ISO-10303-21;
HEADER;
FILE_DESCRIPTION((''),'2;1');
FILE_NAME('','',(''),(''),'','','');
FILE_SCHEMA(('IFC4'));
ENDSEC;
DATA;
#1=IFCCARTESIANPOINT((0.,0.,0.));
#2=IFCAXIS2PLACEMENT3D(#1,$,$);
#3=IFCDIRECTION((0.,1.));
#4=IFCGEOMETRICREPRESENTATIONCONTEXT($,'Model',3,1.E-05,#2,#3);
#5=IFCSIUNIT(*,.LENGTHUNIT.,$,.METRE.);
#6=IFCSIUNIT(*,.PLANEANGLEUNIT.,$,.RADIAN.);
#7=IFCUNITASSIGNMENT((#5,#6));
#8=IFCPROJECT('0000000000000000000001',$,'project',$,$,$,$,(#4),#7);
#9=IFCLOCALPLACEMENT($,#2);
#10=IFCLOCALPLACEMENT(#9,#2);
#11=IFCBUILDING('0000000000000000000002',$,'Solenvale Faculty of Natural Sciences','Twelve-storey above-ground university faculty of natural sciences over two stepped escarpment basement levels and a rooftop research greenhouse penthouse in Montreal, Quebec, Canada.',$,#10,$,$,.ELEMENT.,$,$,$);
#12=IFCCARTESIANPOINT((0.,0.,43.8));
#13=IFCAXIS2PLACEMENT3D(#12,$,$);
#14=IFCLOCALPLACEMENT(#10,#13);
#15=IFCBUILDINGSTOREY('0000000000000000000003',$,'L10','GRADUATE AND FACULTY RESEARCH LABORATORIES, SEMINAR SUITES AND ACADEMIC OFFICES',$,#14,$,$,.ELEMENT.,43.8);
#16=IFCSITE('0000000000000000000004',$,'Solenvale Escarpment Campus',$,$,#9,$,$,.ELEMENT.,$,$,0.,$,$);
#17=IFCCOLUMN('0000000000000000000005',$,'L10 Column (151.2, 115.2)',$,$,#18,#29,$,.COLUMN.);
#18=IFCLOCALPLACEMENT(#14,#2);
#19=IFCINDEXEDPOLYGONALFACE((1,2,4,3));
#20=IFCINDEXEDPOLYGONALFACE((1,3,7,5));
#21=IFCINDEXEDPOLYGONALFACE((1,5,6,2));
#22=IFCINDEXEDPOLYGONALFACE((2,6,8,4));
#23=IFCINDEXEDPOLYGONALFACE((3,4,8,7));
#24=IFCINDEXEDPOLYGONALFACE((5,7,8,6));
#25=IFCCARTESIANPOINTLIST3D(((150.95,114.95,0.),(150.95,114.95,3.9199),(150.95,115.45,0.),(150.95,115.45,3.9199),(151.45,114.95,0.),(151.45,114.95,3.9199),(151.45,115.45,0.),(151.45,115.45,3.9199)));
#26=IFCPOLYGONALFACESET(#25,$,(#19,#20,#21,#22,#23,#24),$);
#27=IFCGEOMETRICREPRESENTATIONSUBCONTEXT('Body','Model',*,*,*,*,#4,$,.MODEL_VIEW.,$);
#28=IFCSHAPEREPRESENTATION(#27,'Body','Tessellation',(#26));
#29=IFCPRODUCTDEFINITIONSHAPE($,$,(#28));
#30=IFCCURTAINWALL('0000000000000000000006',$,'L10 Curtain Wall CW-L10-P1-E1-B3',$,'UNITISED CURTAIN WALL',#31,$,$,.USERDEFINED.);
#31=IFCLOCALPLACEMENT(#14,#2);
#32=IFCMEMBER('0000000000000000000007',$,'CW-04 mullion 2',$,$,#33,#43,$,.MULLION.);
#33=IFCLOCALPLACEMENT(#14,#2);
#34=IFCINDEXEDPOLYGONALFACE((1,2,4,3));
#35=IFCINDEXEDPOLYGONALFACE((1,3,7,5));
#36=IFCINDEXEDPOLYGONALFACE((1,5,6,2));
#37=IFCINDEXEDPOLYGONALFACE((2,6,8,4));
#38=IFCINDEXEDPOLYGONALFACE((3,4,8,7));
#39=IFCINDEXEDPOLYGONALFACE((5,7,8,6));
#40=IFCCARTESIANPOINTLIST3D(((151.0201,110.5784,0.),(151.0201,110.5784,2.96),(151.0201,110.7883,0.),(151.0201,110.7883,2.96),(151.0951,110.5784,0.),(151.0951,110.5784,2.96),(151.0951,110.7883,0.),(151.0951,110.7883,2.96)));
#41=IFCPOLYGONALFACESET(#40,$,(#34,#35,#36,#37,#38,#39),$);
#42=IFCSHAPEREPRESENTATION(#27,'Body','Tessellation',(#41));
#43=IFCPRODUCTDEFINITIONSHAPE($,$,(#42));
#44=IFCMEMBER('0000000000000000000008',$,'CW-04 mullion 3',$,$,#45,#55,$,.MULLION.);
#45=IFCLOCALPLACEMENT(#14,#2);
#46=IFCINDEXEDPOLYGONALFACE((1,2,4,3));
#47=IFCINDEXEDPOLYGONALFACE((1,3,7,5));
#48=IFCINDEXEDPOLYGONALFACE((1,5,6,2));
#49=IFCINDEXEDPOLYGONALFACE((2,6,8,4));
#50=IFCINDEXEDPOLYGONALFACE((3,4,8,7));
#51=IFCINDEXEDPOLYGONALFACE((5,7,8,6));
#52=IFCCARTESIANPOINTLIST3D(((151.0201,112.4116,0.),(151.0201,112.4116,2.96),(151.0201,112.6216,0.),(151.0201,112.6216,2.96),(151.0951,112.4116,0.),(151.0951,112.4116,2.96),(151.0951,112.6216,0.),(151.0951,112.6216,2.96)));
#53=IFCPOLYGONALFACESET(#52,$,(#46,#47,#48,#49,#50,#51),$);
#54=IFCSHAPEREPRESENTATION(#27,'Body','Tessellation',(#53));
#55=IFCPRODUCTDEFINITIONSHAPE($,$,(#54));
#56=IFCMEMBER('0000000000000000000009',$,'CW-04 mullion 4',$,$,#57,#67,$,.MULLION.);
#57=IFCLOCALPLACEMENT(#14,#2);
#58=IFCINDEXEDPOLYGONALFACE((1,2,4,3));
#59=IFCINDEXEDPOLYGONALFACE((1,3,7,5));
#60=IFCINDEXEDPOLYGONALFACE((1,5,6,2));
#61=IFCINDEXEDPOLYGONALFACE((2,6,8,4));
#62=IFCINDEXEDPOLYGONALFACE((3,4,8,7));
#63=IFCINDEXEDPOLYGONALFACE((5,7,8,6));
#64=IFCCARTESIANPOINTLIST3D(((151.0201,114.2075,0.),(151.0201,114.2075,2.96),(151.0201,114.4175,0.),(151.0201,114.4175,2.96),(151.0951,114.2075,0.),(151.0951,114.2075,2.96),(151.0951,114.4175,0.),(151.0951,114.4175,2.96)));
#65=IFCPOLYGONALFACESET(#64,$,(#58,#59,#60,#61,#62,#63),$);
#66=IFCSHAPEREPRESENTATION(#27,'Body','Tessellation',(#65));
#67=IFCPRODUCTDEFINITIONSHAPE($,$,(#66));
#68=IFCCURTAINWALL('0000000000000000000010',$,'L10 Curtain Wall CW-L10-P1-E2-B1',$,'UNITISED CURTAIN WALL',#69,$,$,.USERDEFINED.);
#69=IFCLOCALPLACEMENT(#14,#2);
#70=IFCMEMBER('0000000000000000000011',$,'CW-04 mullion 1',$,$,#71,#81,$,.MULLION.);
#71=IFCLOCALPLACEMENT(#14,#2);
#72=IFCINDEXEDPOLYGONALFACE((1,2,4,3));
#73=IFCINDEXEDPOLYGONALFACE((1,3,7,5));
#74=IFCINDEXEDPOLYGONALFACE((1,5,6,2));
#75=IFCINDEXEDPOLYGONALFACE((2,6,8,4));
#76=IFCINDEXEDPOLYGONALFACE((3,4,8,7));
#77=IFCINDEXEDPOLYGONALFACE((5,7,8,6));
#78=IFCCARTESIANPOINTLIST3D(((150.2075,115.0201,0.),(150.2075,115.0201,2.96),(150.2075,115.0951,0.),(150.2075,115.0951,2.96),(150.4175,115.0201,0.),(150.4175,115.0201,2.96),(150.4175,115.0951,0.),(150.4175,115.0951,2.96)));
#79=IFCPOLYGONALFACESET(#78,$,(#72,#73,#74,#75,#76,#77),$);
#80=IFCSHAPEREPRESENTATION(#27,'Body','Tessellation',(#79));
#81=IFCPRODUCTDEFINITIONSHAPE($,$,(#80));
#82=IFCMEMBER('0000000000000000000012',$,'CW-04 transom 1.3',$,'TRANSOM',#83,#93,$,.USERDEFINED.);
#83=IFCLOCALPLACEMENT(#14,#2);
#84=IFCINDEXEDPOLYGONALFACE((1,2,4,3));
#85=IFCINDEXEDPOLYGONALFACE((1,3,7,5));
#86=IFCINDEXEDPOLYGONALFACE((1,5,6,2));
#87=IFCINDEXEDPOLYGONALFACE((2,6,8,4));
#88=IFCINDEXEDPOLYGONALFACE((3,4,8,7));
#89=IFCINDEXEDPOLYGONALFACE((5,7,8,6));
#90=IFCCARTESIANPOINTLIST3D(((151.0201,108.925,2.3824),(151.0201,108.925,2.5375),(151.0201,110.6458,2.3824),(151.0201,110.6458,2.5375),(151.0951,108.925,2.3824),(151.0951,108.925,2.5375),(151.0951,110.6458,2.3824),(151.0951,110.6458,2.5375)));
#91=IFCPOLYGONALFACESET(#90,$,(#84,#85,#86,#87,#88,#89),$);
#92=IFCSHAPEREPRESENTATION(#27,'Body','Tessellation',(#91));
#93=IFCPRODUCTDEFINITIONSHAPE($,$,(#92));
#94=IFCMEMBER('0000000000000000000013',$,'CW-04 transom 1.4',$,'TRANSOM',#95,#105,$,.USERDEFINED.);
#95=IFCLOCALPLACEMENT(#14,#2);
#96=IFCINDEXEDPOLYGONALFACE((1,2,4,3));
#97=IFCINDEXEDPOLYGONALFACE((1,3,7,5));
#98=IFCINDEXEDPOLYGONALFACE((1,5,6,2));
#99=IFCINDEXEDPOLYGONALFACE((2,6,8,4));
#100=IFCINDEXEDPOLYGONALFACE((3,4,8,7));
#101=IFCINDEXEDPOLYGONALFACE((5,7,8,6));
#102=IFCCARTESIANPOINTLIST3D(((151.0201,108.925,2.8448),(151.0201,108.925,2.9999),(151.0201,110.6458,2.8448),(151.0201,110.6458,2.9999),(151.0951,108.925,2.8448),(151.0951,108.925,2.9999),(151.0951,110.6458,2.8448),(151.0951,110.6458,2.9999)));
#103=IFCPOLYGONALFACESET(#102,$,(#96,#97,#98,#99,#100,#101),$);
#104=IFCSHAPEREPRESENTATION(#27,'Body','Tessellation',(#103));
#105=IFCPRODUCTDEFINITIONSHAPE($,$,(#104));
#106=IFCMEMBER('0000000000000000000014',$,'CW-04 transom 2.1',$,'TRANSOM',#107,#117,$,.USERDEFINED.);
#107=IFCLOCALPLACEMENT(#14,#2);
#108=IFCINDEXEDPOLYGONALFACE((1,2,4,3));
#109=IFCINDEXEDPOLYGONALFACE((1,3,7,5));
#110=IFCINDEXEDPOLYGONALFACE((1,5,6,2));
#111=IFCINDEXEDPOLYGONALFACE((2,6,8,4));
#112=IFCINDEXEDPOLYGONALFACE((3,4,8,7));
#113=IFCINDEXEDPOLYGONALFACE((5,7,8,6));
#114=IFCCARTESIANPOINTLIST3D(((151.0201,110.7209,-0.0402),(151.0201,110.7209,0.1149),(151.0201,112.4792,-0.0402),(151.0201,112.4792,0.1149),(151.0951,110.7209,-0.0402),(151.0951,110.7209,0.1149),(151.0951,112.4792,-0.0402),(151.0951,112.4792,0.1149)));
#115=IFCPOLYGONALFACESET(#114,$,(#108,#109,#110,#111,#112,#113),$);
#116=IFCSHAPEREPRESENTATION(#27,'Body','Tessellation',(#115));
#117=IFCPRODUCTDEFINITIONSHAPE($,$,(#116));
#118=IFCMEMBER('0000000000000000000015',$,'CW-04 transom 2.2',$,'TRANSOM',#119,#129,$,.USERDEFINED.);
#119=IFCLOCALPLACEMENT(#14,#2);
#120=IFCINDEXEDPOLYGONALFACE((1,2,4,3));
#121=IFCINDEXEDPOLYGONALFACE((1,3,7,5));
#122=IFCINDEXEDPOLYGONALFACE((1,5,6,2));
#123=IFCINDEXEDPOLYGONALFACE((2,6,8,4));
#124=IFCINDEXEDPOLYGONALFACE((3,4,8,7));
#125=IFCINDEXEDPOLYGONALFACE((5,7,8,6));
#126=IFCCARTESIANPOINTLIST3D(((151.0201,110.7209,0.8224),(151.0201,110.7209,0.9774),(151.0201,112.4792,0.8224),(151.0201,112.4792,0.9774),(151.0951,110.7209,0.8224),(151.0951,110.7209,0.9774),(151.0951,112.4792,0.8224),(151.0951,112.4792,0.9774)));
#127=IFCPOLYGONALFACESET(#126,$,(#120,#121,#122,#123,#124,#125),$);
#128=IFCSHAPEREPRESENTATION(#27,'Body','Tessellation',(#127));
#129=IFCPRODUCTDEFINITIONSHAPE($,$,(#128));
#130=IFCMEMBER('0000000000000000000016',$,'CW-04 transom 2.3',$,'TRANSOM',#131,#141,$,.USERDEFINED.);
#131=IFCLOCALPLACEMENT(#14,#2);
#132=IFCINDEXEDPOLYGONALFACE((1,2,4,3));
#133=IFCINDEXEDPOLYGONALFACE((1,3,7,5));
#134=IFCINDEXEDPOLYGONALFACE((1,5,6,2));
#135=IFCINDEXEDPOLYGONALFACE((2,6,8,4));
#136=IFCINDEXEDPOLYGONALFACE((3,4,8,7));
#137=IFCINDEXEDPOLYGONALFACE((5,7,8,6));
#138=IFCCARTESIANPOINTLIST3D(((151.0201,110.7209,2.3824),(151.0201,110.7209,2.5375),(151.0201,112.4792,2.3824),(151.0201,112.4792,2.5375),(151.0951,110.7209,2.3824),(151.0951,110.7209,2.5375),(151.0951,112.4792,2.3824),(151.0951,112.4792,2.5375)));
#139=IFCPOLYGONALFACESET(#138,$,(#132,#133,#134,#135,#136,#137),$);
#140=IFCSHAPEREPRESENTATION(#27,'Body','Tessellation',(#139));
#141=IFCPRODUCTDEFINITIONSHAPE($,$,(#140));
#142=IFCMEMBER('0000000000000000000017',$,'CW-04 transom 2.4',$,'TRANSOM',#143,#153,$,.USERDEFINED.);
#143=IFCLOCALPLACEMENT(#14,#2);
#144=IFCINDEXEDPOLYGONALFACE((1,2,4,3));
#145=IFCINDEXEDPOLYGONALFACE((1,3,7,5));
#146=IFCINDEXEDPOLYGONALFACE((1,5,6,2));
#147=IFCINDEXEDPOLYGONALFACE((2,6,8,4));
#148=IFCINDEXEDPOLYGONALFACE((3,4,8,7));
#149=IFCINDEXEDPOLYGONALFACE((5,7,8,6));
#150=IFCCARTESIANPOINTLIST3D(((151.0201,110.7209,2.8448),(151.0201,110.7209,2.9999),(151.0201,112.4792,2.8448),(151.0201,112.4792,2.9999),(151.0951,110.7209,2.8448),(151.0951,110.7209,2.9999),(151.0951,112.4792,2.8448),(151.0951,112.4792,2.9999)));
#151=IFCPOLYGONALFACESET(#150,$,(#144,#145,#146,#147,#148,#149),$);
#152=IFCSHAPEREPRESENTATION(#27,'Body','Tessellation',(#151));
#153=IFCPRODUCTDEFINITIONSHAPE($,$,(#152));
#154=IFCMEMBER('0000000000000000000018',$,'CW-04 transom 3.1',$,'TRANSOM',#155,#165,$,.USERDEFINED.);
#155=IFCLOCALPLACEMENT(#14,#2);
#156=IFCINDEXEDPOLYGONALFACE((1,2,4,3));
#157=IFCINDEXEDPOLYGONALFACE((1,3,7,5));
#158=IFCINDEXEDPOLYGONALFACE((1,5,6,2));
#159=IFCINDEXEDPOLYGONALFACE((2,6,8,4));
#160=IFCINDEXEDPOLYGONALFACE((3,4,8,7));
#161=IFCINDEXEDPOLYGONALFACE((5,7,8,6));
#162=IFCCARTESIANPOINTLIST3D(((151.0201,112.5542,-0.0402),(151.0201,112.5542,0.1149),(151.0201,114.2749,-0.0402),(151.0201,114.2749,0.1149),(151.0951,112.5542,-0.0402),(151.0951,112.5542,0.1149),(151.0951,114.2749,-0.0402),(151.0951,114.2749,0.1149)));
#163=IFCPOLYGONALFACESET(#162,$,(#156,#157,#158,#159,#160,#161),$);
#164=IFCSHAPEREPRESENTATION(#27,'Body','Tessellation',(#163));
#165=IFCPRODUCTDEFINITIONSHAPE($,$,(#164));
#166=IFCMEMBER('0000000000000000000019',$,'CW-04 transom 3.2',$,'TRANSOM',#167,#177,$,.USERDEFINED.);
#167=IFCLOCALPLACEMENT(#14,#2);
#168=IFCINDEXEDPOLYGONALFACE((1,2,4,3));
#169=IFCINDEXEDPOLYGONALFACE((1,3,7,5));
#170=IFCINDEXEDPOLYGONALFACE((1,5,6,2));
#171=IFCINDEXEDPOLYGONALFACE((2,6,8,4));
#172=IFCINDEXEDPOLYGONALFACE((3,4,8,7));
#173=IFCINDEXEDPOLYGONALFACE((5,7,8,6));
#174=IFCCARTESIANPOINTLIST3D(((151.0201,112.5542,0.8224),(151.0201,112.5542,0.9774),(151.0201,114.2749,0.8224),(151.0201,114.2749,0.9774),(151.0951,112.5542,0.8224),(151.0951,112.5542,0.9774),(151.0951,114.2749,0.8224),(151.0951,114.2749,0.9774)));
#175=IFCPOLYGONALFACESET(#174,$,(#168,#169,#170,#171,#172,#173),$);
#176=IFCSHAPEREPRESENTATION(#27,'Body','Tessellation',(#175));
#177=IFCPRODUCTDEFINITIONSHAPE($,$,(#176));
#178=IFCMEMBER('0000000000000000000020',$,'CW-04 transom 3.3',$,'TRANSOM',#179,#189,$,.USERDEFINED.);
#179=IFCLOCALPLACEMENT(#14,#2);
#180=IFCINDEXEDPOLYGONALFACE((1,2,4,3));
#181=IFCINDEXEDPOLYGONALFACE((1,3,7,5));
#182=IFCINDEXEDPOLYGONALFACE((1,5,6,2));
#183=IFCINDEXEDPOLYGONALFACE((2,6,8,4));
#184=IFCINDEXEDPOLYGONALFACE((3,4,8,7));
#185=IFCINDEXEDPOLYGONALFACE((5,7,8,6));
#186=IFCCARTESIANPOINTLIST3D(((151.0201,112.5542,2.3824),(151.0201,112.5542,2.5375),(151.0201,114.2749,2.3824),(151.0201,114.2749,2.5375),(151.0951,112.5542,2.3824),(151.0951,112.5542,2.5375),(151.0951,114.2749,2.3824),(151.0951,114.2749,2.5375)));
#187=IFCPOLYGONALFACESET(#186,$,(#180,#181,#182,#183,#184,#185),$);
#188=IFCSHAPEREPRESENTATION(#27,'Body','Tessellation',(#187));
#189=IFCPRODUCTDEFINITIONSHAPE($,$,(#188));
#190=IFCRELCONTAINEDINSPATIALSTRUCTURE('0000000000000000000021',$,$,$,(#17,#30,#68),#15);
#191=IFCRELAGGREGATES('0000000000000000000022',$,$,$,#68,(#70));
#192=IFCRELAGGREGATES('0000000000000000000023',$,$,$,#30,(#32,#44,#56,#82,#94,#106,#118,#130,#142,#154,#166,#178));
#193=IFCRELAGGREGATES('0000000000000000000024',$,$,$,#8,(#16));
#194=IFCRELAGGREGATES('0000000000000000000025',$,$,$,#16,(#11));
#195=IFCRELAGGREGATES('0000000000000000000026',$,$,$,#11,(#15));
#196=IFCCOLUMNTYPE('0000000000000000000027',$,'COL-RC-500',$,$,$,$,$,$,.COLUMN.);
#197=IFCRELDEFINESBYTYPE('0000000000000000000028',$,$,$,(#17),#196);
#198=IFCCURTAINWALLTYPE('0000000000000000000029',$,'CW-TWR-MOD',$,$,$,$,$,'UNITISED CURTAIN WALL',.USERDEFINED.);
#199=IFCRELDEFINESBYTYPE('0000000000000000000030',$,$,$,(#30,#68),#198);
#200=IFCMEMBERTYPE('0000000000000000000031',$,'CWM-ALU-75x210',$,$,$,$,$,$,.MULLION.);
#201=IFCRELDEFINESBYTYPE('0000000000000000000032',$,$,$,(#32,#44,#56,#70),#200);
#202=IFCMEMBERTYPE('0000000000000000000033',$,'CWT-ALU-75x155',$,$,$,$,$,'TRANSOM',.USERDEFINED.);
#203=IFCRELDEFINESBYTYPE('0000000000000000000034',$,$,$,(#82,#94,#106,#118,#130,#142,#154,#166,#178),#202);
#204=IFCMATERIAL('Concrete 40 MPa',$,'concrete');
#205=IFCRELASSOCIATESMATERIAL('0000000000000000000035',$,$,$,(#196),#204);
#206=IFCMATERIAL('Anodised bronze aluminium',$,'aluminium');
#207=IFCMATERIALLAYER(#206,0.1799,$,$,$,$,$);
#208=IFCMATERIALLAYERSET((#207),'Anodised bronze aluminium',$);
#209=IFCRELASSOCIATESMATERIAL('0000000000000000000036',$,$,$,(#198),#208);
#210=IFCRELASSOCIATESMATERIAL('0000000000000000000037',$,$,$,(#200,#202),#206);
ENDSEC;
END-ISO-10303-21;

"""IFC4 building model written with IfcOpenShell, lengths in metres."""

from ifc_helpers import new_model, si_unit, direction, frame, origin, origin_2d, place, context, subcontext, project, spatial, rectangle, extrude, material, layer, layer_set, material_profile, profile_set, type_object, element, aggregate, save


model = new_model("IFC4")

# Units and contexts
model_context = context("Model", 3, precision=1e-05, world=origin(), true_north=direction((0.0, 1.0)))
body_context = subcontext(model_context, "Body", "Model", "MODEL_VIEW")
ifc_project = project(units=[si_unit("LENGTHUNIT", "METRE"), si_unit("PLANEANGLEUNIT", "RADIAN")], contexts=[model_context])

# Site, building, storey
site_placement = place(None, origin())
site = spatial("IfcSite", under=ifc_project, at=site_placement, Name="Solenvale Escarpment Campus", CompositionType="ELEMENT", RefElevation=0.0)
building_placement = place(site_placement, origin())
building = spatial("IfcBuilding", under=site, at=building_placement, Name="Solenvale Faculty of Natural Sciences", Description="Twelve-storey above-ground university faculty of natural sciences over two stepped escarpment basement levels and a rooftop research greenhouse penthouse in Montreal, Quebec, Canada.", CompositionType="ELEMENT")
storey_placement = place(building_placement, frame((0.0, 0.0, 43.8)))
storey = spatial("IfcBuildingStorey", under=building, at=storey_placement, Name="L10", Description="GRADUATE AND FACULTY RESEARCH LABORATORIES, SEMINAR SUITES AND ACADEMIC OFFICES", CompositionType="ELEMENT", Elevation=43.8)

# Column
ifc_material_1 = material(Name="Concrete 40 MPa", Category="concrete")
ifc_material_profile_1 = material_profile(ifc_material_1, rectangle(XDim=0.5, YDim=0.5, at=origin_2d()), Name="RC-COL-500x500")
ifc_profile_set_1 = profile_set([ifc_material_profile_1], Name="Concrete 40 MPa")
column_type = type_object("IfcColumnType", Name="COL-RC-500", PredefinedType="COLUMN", material=ifc_profile_set_1)
column_placement = place(storey_placement, frame((151.2, 115.2, 0.0), z_axis=(0.0, 0.0, 1.0), x_axis=(1.0, 0.0, 0.0)))
element("IfcColumn", 1, at=column_placement, inside=storey, type_object=column_type, Name="L10 Column (151.2, 115.2)", PredefinedType="COLUMN", context=body_context, shape_type="SweptSolid", body=[
    extrude(rectangle(XDim=0.5, YDim=0.5, at=origin_2d()), origin(), (0.0, 0.0, 1.0), 3.9199),
])

# Curtain wall, members
ifc_material_2 = material(Name="Anodised bronze aluminium", Category="aluminium")
ifc_layer_1 = layer(ifc_material_2, 0.1799)
ifc_layer_set_1 = layer_set([ifc_layer_1], Name="Anodised bronze aluminium")
curtain_wall_type = type_object("IfcCurtainWallType", Name="CW-TWR-MOD", ElementType="UNITISED CURTAIN WALL", PredefinedType="USERDEFINED", material=ifc_layer_set_1)
curtain_wall_1_placement = place(storey_placement, origin())
curtain_wall_1 = element("IfcCurtainWall", 2, at=curtain_wall_1_placement, inside=storey, type_object=curtain_wall_type, Name="L10 Curtain Wall CW-L10-P1-E1-B3", ObjectType="UNITISED CURTAIN WALL", PredefinedType="USERDEFINED")
ifc_material_profile_2 = material_profile(ifc_material_2, rectangle(XDim=0.075, YDim=0.21, at=origin_2d()), Name="ALU-MUL-75x210")
ifc_profile_set_2 = profile_set([ifc_material_profile_2], Name="Anodised bronze aluminium")
member_type_1 = type_object("IfcMemberType", Name="CWM-ALU-75x210", PredefinedType="MULLION", material=ifc_profile_set_2)
member_1_placement = place(storey_placement, frame((151.0576, 110.6833, 0.0), z_axis=(0.0, 0.0, 1.0), x_axis=(-1.0, 0.0, 0.0)))
member_1 = element("IfcMember", 3, at=member_1_placement, type_object=member_type_1, Name="CW-04 mullion 2", PredefinedType="MULLION", context=body_context, shape_type="SweptSolid", body=[
    extrude(rectangle(XDim=0.075, YDim=0.21, at=origin_2d()), origin(), (0.0, 0.0, 1.0), 2.96),
])
member_2_placement = place(storey_placement, frame((151.0576, 112.5166, 0.0), z_axis=(0.0, 0.0, 1.0), x_axis=(-1.0, 0.0, 0.0)))
member_2 = element("IfcMember", 4, at=member_2_placement, type_object=member_type_1, Name="CW-04 mullion 3", PredefinedType="MULLION", context=body_context, shape_type="SweptSolid", body=[
    extrude(rectangle(XDim=0.075, YDim=0.21, at=origin_2d()), origin(), (0.0, 0.0, 1.0), 2.96),
])
member_3_placement = place(storey_placement, frame((151.0576, 114.3125, 0.0), z_axis=(0.0, 0.0, 1.0), x_axis=(-1.0, 0.0, 0.0)))
member_3 = element("IfcMember", 5, at=member_3_placement, type_object=member_type_1, Name="CW-04 mullion 4", PredefinedType="MULLION", context=body_context, shape_type="SweptSolid", body=[
    extrude(rectangle(XDim=0.075, YDim=0.21, at=origin_2d()), origin(), (0.0, 0.0, 1.0), 2.96),
])

# Curtain wall, member
curtain_wall_2_placement = place(storey_placement, origin())
curtain_wall_2 = element("IfcCurtainWall", 6, at=curtain_wall_2_placement, inside=storey, type_object=curtain_wall_type, Name="L10 Curtain Wall CW-L10-P1-E2-B1", ObjectType="UNITISED CURTAIN WALL", PredefinedType="USERDEFINED")
member_4_placement = place(storey_placement, frame((150.3125, 115.0576, 0.0), z_axis=(0.0, 0.0, 1.0), x_axis=(0.0, -1.0, 0.0)))
member_4 = element("IfcMember", 7, at=member_4_placement, type_object=member_type_1, Name="CW-04 mullion 1", PredefinedType="MULLION", context=body_context, shape_type="SweptSolid", body=[
    extrude(rectangle(XDim=0.075, YDim=0.21, at=origin_2d()), origin(), (0.0, 0.0, 1.0), 2.96),
])

# Members
ifc_material_profile_3 = material_profile(ifc_material_2, rectangle(XDim=0.075, YDim=0.155, at=origin_2d()), Name="ALU-TRN-75x155")
ifc_profile_set_3 = profile_set([ifc_material_profile_3], Name="Anodised bronze aluminium")
member_type_2 = type_object("IfcMemberType", Name="CWT-ALU-75x155", ElementType="TRANSOM", PredefinedType="USERDEFINED", material=ifc_profile_set_3)
member_5_placement = place(storey_placement, frame((151.0576, 108.925, 2.46), z_axis=(0.0, 1.0, 0.0), x_axis=(-1.0, 0.0, 0.0)))
member_5 = element("IfcMember", 8, at=member_5_placement, type_object=member_type_2, Name="CW-04 transom 1.3", ObjectType="TRANSOM", PredefinedType="USERDEFINED", context=body_context, shape_type="SweptSolid", body=[
    extrude(rectangle(XDim=0.075, YDim=0.155, at=origin_2d()), origin(), (0.0, 0.0, 1.0), 1.7207),
])
member_6_placement = place(storey_placement, frame((151.0576, 108.925, 2.9224), z_axis=(0.0, 1.0, 0.0), x_axis=(-1.0, 0.0, 0.0)))
member_6 = element("IfcMember", 9, at=member_6_placement, type_object=member_type_2, Name="CW-04 transom 1.4", ObjectType="TRANSOM", PredefinedType="USERDEFINED", context=body_context, shape_type="SweptSolid", body=[
    extrude(rectangle(XDim=0.075, YDim=0.155, at=origin_2d()), origin(), (0.0, 0.0, 1.0), 1.7207),
])
member_7_placement = place(storey_placement, frame((151.0576, 110.7209, 0.0374), z_axis=(0.0, 1.0, 0.0), x_axis=(-1.0, 0.0, 0.0)))
member_7 = element("IfcMember", 10, at=member_7_placement, type_object=member_type_2, Name="CW-04 transom 2.1", ObjectType="TRANSOM", PredefinedType="USERDEFINED", context=body_context, shape_type="SweptSolid", body=[
    extrude(rectangle(XDim=0.075, YDim=0.155, at=origin_2d()), origin(), (0.0, 0.0, 1.0), 1.7583),
])
member_8_placement = place(storey_placement, frame((151.0576, 110.7209, 0.8999), z_axis=(0.0, 1.0, 0.0), x_axis=(-1.0, 0.0, 0.0)))
member_8 = element("IfcMember", 11, at=member_8_placement, type_object=member_type_2, Name="CW-04 transom 2.2", ObjectType="TRANSOM", PredefinedType="USERDEFINED", context=body_context, shape_type="SweptSolid", body=[
    extrude(rectangle(XDim=0.075, YDim=0.155, at=origin_2d()), origin(), (0.0, 0.0, 1.0), 1.7583),
])
member_9_placement = place(storey_placement, frame((151.0576, 110.7209, 2.46), z_axis=(0.0, 1.0, 0.0), x_axis=(-1.0, 0.0, 0.0)))
member_9 = element("IfcMember", 12, at=member_9_placement, type_object=member_type_2, Name="CW-04 transom 2.3", ObjectType="TRANSOM", PredefinedType="USERDEFINED", context=body_context, shape_type="SweptSolid", body=[
    extrude(rectangle(XDim=0.075, YDim=0.155, at=origin_2d()), origin(), (0.0, 0.0, 1.0), 1.7583),
])
member_10_placement = place(storey_placement, frame((151.0576, 110.7209, 2.9224), z_axis=(0.0, 1.0, 0.0), x_axis=(-1.0, 0.0, 0.0)))
member_10 = element("IfcMember", 13, at=member_10_placement, type_object=member_type_2, Name="CW-04 transom 2.4", ObjectType="TRANSOM", PredefinedType="USERDEFINED", context=body_context, shape_type="SweptSolid", body=[
    extrude(rectangle(XDim=0.075, YDim=0.155, at=origin_2d()), origin(), (0.0, 0.0, 1.0), 1.7583),
])
member_11_placement = place(storey_placement, frame((151.0576, 112.5542, 0.0374), z_axis=(0.0, 1.0, 0.0), x_axis=(-1.0, 0.0, 0.0)))
member_11 = element("IfcMember", 14, at=member_11_placement, type_object=member_type_2, Name="CW-04 transom 3.1", ObjectType="TRANSOM", PredefinedType="USERDEFINED", context=body_context, shape_type="SweptSolid", body=[
    extrude(rectangle(XDim=0.075, YDim=0.155, at=origin_2d()), origin(), (0.0, 0.0, 1.0), 1.7207),
])
member_12_placement = place(storey_placement, frame((151.0576, 112.5542, 0.8999), z_axis=(0.0, 1.0, 0.0), x_axis=(-1.0, 0.0, 0.0)))
member_12 = element("IfcMember", 15, at=member_12_placement, type_object=member_type_2, Name="CW-04 transom 3.2", ObjectType="TRANSOM", PredefinedType="USERDEFINED", context=body_context, shape_type="SweptSolid", body=[
    extrude(rectangle(XDim=0.075, YDim=0.155, at=origin_2d()), origin(), (0.0, 0.0, 1.0), 1.7207),
])
member_13_placement = place(storey_placement, frame((151.0576, 112.5542, 2.46), z_axis=(0.0, 1.0, 0.0), x_axis=(-1.0, 0.0, 0.0)))
member_13 = element("IfcMember", 16, at=member_13_placement, type_object=member_type_2, Name="CW-04 transom 3.3", ObjectType="TRANSOM", PredefinedType="USERDEFINED", context=body_context, shape_type="SweptSolid", body=[
    extrude(rectangle(XDim=0.075, YDim=0.155, at=origin_2d()), origin(), (0.0, 0.0, 1.0), 1.7207),
])
aggregate(curtain_wall_2, [member_4])

aggregate(curtain_wall_1, [member_1, member_2, member_3, member_5, member_6, member_7, member_8, member_9, member_10, member_11, member_12, member_13])

save(model, "model.ifc")
